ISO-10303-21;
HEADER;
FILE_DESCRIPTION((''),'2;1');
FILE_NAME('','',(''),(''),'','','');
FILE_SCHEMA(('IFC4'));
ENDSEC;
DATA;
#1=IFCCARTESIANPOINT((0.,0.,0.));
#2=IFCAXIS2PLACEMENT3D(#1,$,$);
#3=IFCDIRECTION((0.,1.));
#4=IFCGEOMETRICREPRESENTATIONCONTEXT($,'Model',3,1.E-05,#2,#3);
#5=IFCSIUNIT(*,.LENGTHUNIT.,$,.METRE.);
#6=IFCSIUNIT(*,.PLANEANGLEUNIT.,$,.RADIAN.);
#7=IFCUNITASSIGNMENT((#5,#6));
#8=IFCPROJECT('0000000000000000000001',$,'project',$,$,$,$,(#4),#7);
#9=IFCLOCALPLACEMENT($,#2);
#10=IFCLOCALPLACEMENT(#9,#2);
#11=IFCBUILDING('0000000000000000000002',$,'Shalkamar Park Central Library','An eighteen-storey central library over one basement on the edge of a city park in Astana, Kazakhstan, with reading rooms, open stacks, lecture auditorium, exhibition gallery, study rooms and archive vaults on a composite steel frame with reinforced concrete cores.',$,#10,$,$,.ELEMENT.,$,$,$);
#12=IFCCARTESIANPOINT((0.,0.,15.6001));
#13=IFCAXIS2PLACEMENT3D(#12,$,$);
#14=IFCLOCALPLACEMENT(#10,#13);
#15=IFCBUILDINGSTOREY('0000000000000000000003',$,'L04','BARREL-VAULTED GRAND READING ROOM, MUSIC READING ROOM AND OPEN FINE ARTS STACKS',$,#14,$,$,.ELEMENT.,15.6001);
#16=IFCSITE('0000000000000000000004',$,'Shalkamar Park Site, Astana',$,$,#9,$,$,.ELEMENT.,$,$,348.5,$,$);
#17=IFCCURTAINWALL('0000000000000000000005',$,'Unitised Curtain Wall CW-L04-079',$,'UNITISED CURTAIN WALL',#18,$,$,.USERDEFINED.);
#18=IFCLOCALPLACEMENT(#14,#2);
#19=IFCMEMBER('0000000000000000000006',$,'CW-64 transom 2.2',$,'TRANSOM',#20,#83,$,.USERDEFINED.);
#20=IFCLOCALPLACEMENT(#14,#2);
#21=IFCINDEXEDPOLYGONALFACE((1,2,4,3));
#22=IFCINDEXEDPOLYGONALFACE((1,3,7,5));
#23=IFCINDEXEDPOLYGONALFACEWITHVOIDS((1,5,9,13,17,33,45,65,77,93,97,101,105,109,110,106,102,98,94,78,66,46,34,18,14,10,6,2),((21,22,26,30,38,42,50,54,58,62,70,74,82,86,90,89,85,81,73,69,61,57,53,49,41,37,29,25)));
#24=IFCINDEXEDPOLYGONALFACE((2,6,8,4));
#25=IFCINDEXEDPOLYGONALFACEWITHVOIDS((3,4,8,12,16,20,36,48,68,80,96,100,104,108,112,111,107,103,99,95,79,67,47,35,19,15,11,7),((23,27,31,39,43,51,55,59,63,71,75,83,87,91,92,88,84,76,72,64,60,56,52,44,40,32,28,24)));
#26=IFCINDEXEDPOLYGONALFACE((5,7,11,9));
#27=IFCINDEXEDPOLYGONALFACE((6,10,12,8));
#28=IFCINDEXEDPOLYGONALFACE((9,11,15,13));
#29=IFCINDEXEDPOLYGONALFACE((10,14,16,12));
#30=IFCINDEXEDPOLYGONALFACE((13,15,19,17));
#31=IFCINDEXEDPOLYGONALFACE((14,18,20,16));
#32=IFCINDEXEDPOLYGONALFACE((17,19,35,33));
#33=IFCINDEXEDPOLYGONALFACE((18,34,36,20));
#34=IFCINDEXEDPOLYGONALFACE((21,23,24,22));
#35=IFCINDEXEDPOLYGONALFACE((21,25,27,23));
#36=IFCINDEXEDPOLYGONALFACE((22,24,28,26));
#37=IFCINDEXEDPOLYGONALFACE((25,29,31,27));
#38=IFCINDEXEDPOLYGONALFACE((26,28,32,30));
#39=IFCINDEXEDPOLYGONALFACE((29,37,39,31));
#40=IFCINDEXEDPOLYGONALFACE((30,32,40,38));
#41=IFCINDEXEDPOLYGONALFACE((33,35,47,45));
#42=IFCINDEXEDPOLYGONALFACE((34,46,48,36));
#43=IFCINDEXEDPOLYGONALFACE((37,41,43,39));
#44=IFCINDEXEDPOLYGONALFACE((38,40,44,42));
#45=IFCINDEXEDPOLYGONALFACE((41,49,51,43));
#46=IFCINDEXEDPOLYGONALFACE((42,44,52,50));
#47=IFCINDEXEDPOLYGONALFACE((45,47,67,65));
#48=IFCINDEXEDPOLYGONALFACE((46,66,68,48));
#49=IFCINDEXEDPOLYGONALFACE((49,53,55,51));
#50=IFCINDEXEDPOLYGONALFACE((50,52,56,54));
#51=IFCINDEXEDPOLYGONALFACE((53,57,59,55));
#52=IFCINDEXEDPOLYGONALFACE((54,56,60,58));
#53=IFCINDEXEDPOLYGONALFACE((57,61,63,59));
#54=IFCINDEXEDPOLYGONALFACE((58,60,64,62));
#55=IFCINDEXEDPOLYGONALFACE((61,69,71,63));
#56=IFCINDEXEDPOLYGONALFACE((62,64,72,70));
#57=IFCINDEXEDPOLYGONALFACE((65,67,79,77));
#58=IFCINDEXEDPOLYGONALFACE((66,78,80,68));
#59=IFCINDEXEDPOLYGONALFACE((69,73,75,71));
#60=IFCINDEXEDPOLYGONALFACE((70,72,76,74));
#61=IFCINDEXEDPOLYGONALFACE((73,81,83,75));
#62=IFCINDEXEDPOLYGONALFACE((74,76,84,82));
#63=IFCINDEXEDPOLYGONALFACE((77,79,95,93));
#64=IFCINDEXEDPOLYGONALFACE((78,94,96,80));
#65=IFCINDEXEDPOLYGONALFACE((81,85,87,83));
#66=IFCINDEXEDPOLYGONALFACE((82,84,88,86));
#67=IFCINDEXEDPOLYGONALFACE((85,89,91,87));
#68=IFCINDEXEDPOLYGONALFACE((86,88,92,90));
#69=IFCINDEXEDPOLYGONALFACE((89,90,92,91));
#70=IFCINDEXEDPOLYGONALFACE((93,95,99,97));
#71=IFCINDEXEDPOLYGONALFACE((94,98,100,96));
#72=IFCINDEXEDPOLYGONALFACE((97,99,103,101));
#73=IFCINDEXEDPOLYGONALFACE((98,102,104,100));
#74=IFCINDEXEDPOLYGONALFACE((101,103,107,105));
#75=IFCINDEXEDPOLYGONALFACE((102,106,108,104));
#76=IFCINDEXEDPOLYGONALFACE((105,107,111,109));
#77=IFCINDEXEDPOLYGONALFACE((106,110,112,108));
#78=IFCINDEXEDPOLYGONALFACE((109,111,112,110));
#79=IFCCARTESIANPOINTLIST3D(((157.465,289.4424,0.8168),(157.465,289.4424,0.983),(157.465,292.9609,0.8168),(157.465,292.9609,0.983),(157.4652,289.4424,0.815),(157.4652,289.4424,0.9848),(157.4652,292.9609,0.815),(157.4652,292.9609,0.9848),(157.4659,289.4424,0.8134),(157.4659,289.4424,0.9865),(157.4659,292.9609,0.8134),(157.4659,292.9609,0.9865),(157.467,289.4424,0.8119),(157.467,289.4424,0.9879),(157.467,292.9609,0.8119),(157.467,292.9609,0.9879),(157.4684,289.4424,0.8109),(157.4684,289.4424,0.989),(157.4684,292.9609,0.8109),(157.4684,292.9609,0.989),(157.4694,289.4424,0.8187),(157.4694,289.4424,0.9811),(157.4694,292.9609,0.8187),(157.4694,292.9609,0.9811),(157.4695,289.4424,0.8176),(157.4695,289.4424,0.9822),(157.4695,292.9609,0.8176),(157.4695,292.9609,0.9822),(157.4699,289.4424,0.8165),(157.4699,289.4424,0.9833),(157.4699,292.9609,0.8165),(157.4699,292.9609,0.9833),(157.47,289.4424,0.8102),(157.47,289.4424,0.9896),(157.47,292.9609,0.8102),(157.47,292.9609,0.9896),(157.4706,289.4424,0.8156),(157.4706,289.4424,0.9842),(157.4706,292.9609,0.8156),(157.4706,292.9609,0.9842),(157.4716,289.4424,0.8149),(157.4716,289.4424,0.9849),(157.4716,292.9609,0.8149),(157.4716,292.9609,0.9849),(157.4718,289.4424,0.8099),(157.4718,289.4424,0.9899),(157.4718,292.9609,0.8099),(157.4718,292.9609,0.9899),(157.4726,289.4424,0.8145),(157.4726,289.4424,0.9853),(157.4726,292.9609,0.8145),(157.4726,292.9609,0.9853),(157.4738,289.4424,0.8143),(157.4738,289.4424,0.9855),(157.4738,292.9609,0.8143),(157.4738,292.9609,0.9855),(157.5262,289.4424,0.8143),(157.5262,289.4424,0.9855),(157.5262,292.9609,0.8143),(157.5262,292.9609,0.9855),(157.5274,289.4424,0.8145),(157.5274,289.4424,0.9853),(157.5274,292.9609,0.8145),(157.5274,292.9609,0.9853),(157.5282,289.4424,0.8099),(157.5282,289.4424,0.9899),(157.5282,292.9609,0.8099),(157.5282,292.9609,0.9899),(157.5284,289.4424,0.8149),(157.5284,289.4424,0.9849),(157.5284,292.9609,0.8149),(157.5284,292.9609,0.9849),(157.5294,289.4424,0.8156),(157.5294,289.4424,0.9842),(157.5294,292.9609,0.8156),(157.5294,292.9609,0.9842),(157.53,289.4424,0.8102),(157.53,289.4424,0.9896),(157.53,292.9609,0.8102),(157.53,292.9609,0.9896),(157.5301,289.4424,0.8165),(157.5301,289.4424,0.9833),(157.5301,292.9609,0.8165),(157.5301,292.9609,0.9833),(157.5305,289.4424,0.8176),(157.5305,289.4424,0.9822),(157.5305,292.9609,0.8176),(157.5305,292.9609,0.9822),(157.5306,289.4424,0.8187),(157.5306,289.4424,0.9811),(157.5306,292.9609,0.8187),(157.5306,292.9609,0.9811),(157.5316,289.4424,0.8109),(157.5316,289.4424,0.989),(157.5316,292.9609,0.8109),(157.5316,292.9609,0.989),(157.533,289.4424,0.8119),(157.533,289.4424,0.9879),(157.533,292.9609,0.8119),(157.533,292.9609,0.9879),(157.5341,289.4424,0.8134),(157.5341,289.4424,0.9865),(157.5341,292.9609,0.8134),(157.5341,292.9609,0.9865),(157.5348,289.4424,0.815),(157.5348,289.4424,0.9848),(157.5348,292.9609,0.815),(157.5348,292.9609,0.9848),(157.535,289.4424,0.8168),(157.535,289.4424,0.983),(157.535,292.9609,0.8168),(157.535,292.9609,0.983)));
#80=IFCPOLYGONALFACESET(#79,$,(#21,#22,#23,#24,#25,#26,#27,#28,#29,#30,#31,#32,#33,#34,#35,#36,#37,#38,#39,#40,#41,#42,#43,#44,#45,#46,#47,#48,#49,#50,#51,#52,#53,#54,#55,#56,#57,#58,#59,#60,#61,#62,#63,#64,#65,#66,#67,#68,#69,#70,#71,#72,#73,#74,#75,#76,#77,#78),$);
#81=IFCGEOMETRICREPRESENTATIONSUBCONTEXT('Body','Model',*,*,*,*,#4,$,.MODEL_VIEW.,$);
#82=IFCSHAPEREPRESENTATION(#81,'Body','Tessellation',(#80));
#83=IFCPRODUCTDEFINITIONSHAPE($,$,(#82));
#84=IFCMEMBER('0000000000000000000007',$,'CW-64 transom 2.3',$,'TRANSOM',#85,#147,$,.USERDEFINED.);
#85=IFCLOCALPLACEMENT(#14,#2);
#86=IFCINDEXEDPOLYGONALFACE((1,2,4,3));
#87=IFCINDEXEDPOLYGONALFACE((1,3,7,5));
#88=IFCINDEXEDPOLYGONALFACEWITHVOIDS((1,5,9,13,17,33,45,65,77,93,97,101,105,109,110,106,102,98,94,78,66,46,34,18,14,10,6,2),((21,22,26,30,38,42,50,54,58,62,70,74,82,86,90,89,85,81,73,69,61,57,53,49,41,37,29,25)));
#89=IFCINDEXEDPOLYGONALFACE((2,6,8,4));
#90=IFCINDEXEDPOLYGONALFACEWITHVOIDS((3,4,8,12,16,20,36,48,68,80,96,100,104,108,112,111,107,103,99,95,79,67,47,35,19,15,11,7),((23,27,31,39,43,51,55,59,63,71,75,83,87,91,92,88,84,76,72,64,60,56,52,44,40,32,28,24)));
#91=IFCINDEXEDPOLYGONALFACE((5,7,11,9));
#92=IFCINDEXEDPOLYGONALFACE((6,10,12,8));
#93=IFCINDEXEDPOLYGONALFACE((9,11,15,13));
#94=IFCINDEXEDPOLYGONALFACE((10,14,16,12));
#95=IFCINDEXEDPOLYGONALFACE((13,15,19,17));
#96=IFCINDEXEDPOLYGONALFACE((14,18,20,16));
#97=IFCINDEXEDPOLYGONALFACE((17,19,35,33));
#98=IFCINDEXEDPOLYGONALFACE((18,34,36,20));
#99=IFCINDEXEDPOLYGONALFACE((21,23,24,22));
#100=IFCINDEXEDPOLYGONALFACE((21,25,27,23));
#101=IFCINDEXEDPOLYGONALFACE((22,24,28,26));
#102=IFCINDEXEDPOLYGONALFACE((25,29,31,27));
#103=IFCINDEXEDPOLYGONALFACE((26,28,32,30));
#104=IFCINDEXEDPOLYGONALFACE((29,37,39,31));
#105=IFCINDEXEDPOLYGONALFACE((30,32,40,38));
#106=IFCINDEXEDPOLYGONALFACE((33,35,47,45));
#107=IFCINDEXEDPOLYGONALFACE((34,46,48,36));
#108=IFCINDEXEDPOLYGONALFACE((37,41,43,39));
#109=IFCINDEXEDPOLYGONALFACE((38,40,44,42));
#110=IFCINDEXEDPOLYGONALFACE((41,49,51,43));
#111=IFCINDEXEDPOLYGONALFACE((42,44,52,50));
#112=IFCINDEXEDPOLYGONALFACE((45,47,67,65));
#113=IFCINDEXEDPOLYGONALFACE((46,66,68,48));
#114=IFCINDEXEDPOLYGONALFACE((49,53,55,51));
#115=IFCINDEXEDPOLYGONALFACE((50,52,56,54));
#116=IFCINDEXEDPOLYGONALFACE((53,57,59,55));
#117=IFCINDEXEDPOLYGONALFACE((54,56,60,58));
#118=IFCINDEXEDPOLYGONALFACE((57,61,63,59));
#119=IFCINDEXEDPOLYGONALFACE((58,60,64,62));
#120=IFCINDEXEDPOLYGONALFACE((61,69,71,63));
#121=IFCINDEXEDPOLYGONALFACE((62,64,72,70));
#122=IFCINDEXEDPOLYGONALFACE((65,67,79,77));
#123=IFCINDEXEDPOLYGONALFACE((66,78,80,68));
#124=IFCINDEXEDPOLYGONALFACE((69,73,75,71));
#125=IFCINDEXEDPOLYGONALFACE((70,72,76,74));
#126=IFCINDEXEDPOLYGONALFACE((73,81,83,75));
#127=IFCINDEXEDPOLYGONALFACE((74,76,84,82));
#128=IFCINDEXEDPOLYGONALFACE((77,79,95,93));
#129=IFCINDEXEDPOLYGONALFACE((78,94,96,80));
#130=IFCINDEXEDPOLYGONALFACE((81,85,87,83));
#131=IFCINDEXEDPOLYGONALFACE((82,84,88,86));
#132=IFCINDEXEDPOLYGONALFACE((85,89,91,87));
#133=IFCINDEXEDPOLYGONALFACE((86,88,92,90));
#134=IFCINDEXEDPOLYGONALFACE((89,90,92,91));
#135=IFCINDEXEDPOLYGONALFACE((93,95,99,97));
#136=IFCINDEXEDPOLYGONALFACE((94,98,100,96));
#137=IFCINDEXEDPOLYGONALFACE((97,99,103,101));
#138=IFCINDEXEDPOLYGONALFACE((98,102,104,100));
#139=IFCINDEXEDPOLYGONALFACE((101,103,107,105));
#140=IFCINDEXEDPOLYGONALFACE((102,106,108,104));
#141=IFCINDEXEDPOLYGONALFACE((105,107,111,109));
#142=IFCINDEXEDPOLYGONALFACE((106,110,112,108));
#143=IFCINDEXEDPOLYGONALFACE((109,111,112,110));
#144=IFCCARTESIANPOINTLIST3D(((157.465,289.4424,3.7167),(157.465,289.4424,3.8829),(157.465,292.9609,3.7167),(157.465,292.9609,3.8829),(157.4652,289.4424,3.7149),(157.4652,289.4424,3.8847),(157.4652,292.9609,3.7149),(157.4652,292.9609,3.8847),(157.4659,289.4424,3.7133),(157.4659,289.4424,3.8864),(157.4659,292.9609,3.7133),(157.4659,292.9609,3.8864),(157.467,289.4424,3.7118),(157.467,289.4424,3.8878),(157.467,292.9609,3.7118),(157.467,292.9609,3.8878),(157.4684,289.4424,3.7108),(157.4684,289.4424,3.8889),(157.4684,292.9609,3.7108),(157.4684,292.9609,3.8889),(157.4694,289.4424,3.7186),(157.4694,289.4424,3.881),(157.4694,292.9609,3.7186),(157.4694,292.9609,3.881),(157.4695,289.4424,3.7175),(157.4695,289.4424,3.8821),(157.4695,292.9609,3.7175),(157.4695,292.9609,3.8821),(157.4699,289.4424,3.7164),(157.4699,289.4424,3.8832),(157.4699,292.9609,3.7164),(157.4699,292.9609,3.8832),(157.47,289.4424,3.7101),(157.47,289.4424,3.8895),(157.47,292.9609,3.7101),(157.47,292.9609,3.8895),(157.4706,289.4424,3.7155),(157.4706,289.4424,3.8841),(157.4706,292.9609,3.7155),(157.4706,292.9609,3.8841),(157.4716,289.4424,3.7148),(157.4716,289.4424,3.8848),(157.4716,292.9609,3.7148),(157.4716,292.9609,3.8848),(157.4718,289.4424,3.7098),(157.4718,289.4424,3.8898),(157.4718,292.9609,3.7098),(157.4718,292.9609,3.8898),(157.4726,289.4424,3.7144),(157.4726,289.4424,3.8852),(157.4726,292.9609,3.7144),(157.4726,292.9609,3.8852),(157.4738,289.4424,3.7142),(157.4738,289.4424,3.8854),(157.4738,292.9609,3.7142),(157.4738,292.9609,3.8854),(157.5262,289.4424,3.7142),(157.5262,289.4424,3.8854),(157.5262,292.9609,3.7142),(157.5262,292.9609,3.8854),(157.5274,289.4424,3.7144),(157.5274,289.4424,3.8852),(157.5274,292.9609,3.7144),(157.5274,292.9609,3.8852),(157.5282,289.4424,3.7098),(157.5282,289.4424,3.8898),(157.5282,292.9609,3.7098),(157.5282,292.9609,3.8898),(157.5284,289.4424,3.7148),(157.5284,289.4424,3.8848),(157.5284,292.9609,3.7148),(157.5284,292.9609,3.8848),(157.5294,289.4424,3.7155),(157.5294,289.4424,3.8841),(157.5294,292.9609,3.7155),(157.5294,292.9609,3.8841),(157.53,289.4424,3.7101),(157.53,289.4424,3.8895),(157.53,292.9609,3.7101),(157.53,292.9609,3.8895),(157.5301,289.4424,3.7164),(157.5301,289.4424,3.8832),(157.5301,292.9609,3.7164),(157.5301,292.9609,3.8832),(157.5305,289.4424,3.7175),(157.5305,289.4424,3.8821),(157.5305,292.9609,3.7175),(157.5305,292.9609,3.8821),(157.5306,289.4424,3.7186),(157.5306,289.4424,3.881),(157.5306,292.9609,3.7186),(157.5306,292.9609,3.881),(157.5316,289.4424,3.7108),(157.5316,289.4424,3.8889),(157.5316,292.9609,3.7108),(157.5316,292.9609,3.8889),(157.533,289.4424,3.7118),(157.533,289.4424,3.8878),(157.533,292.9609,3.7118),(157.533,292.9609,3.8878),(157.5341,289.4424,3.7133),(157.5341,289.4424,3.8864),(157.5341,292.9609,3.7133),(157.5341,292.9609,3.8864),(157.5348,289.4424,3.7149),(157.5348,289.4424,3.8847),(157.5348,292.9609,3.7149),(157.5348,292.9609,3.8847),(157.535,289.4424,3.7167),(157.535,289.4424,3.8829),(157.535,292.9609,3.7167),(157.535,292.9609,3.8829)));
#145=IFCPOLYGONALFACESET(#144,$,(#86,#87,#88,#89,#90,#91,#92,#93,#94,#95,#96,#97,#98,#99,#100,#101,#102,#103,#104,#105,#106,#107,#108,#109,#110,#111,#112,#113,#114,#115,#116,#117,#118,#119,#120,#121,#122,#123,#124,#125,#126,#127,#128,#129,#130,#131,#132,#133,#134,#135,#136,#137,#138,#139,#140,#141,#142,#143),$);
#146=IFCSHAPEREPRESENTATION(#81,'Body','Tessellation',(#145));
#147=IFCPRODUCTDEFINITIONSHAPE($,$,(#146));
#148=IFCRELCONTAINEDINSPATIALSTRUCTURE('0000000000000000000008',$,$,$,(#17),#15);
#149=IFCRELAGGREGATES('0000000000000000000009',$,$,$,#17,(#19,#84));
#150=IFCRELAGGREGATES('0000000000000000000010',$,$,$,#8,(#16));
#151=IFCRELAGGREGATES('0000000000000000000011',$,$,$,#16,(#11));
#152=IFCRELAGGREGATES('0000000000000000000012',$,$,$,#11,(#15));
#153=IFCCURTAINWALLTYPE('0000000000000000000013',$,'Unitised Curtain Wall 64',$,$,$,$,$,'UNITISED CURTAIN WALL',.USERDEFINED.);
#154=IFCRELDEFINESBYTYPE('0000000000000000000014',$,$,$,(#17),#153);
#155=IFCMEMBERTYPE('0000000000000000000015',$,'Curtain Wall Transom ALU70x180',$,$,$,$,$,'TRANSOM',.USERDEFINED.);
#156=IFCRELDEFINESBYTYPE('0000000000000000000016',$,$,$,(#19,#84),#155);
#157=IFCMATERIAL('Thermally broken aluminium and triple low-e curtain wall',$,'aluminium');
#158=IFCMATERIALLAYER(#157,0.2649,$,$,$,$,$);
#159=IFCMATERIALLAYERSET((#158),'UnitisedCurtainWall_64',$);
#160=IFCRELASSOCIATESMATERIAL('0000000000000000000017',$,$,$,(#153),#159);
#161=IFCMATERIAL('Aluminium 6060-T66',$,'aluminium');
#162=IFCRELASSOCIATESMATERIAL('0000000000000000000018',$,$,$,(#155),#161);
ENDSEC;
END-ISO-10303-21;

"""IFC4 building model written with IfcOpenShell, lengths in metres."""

from ifc_helpers import new_model, si_unit, direction, frame, origin, origin_2d, place, context, subcontext, project, spatial, hollow_rectangle, extrude, material, layer, layer_set, material_profile, profile_set, type_object, element, aggregate, save


model = new_model("IFC4")

# Units and contexts
model_context = context("Model", 3, precision=1e-05, world=origin(), true_north=direction((0.0, 1.0)))
body_context = subcontext(model_context, "Body", "Model", "MODEL_VIEW")
ifc_project = project(units=[si_unit("LENGTHUNIT", "METRE"), si_unit("PLANEANGLEUNIT", "RADIAN")], contexts=[model_context])

# Site, building, storey
site_placement = place(None, origin())
site = spatial("IfcSite", under=ifc_project, at=site_placement, Name="Shalkamar Park Site, Astana", CompositionType="ELEMENT", RefElevation=348.5)
building_placement = place(site_placement, origin())
building = spatial("IfcBuilding", under=site, at=building_placement, Name="Shalkamar Park Central Library", Description="An eighteen-storey central library over one basement on the edge of a city park in Astana, Kazakhstan, with reading rooms, open stacks, lecture auditorium, exhibition gallery, study rooms and archive vaults on a composite steel frame with reinforced concrete cores.", CompositionType="ELEMENT")
storey_placement = place(building_placement, frame((0.0, 0.0, 15.6001)))
storey = spatial("IfcBuildingStorey", under=building, at=storey_placement, Name="L04", Description="BARREL-VAULTED GRAND READING ROOM, MUSIC READING ROOM AND OPEN FINE ARTS STACKS", CompositionType="ELEMENT", Elevation=15.6001)

# Curtain wall, members
ifc_material_1 = material(Name="Thermally broken aluminium and triple low-e curtain wall", Category="aluminium")
ifc_layer_1 = layer(ifc_material_1, 0.2649)
ifc_layer_set_1 = layer_set([ifc_layer_1], Name="UnitisedCurtainWall_64")
curtain_wall_type = type_object("IfcCurtainWallType", Name="Unitised Curtain Wall 64", ElementType="UNITISED CURTAIN WALL", PredefinedType="USERDEFINED", material=ifc_layer_set_1)
curtain_wall_placement = place(storey_placement, origin())
curtain_wall = element("IfcCurtainWall", 1, at=curtain_wall_placement, inside=storey, type_object=curtain_wall_type, Name="Unitised Curtain Wall CW-L04-079", ObjectType="UNITISED CURTAIN WALL", PredefinedType="USERDEFINED")
ifc_material_2 = material(Name="Aluminium 6060-T66", Category="aluminium")
ifc_material_profile_1 = material_profile(ifc_material_2, hollow_rectangle(XDim=0.0701, YDim=0.1799, WallThickness=0.0044, InnerFilletRadius=0.0044, OuterFilletRadius=0.0068, at=origin_2d()), Name="ALU 70x180x4.5")
ifc_profile_set_1 = profile_set([ifc_material_profile_1], Name="Aluminium 6060-T66")
member_type_1 = type_object("IfcMemberType", Name="Curtain Wall Transom ALU70x180", ElementType="TRANSOM", PredefinedType="USERDEFINED", material=ifc_profile_set_1)
member_1_placement = place(storey_placement, frame((157.5, 289.4424, 0.8999), z_axis=(0.0, 1.0, 0.0), x_axis=(-1.0, 0.0, 0.0)))
member_1 = element("IfcMember", 2, at=member_1_placement, type_object=member_type_1, Name="CW-64 transom 2.2", ObjectType="TRANSOM", PredefinedType="USERDEFINED", context=body_context, shape_type="SweptSolid", body=[
    extrude(hollow_rectangle(XDim=0.0701, YDim=0.1799, WallThickness=0.0044, InnerFilletRadius=0.0044, OuterFilletRadius=0.0068, at=origin_2d()), origin(), (0.0, 0.0, 1.0), 3.5186),
])
member_2_placement = place(storey_placement, frame((157.5, 289.4424, 3.7998), z_axis=(0.0, 1.0, 0.0), x_axis=(-1.0, 0.0, 0.0)))
member_2 = element("IfcMember", 3, at=member_2_placement, type_object=member_type_1, Name="CW-64 transom 2.3", ObjectType="TRANSOM", PredefinedType="USERDEFINED", context=body_context, shape_type="SweptSolid", body=[
    extrude(hollow_rectangle(XDim=0.0701, YDim=0.1799, WallThickness=0.0044, InnerFilletRadius=0.0044, OuterFilletRadius=0.0068, at=origin_2d()), origin(), (0.0, 0.0, 1.0), 3.5186),
])

aggregate(curtain_wall, [member_1, member_2])

save(model, "model.ifc")
